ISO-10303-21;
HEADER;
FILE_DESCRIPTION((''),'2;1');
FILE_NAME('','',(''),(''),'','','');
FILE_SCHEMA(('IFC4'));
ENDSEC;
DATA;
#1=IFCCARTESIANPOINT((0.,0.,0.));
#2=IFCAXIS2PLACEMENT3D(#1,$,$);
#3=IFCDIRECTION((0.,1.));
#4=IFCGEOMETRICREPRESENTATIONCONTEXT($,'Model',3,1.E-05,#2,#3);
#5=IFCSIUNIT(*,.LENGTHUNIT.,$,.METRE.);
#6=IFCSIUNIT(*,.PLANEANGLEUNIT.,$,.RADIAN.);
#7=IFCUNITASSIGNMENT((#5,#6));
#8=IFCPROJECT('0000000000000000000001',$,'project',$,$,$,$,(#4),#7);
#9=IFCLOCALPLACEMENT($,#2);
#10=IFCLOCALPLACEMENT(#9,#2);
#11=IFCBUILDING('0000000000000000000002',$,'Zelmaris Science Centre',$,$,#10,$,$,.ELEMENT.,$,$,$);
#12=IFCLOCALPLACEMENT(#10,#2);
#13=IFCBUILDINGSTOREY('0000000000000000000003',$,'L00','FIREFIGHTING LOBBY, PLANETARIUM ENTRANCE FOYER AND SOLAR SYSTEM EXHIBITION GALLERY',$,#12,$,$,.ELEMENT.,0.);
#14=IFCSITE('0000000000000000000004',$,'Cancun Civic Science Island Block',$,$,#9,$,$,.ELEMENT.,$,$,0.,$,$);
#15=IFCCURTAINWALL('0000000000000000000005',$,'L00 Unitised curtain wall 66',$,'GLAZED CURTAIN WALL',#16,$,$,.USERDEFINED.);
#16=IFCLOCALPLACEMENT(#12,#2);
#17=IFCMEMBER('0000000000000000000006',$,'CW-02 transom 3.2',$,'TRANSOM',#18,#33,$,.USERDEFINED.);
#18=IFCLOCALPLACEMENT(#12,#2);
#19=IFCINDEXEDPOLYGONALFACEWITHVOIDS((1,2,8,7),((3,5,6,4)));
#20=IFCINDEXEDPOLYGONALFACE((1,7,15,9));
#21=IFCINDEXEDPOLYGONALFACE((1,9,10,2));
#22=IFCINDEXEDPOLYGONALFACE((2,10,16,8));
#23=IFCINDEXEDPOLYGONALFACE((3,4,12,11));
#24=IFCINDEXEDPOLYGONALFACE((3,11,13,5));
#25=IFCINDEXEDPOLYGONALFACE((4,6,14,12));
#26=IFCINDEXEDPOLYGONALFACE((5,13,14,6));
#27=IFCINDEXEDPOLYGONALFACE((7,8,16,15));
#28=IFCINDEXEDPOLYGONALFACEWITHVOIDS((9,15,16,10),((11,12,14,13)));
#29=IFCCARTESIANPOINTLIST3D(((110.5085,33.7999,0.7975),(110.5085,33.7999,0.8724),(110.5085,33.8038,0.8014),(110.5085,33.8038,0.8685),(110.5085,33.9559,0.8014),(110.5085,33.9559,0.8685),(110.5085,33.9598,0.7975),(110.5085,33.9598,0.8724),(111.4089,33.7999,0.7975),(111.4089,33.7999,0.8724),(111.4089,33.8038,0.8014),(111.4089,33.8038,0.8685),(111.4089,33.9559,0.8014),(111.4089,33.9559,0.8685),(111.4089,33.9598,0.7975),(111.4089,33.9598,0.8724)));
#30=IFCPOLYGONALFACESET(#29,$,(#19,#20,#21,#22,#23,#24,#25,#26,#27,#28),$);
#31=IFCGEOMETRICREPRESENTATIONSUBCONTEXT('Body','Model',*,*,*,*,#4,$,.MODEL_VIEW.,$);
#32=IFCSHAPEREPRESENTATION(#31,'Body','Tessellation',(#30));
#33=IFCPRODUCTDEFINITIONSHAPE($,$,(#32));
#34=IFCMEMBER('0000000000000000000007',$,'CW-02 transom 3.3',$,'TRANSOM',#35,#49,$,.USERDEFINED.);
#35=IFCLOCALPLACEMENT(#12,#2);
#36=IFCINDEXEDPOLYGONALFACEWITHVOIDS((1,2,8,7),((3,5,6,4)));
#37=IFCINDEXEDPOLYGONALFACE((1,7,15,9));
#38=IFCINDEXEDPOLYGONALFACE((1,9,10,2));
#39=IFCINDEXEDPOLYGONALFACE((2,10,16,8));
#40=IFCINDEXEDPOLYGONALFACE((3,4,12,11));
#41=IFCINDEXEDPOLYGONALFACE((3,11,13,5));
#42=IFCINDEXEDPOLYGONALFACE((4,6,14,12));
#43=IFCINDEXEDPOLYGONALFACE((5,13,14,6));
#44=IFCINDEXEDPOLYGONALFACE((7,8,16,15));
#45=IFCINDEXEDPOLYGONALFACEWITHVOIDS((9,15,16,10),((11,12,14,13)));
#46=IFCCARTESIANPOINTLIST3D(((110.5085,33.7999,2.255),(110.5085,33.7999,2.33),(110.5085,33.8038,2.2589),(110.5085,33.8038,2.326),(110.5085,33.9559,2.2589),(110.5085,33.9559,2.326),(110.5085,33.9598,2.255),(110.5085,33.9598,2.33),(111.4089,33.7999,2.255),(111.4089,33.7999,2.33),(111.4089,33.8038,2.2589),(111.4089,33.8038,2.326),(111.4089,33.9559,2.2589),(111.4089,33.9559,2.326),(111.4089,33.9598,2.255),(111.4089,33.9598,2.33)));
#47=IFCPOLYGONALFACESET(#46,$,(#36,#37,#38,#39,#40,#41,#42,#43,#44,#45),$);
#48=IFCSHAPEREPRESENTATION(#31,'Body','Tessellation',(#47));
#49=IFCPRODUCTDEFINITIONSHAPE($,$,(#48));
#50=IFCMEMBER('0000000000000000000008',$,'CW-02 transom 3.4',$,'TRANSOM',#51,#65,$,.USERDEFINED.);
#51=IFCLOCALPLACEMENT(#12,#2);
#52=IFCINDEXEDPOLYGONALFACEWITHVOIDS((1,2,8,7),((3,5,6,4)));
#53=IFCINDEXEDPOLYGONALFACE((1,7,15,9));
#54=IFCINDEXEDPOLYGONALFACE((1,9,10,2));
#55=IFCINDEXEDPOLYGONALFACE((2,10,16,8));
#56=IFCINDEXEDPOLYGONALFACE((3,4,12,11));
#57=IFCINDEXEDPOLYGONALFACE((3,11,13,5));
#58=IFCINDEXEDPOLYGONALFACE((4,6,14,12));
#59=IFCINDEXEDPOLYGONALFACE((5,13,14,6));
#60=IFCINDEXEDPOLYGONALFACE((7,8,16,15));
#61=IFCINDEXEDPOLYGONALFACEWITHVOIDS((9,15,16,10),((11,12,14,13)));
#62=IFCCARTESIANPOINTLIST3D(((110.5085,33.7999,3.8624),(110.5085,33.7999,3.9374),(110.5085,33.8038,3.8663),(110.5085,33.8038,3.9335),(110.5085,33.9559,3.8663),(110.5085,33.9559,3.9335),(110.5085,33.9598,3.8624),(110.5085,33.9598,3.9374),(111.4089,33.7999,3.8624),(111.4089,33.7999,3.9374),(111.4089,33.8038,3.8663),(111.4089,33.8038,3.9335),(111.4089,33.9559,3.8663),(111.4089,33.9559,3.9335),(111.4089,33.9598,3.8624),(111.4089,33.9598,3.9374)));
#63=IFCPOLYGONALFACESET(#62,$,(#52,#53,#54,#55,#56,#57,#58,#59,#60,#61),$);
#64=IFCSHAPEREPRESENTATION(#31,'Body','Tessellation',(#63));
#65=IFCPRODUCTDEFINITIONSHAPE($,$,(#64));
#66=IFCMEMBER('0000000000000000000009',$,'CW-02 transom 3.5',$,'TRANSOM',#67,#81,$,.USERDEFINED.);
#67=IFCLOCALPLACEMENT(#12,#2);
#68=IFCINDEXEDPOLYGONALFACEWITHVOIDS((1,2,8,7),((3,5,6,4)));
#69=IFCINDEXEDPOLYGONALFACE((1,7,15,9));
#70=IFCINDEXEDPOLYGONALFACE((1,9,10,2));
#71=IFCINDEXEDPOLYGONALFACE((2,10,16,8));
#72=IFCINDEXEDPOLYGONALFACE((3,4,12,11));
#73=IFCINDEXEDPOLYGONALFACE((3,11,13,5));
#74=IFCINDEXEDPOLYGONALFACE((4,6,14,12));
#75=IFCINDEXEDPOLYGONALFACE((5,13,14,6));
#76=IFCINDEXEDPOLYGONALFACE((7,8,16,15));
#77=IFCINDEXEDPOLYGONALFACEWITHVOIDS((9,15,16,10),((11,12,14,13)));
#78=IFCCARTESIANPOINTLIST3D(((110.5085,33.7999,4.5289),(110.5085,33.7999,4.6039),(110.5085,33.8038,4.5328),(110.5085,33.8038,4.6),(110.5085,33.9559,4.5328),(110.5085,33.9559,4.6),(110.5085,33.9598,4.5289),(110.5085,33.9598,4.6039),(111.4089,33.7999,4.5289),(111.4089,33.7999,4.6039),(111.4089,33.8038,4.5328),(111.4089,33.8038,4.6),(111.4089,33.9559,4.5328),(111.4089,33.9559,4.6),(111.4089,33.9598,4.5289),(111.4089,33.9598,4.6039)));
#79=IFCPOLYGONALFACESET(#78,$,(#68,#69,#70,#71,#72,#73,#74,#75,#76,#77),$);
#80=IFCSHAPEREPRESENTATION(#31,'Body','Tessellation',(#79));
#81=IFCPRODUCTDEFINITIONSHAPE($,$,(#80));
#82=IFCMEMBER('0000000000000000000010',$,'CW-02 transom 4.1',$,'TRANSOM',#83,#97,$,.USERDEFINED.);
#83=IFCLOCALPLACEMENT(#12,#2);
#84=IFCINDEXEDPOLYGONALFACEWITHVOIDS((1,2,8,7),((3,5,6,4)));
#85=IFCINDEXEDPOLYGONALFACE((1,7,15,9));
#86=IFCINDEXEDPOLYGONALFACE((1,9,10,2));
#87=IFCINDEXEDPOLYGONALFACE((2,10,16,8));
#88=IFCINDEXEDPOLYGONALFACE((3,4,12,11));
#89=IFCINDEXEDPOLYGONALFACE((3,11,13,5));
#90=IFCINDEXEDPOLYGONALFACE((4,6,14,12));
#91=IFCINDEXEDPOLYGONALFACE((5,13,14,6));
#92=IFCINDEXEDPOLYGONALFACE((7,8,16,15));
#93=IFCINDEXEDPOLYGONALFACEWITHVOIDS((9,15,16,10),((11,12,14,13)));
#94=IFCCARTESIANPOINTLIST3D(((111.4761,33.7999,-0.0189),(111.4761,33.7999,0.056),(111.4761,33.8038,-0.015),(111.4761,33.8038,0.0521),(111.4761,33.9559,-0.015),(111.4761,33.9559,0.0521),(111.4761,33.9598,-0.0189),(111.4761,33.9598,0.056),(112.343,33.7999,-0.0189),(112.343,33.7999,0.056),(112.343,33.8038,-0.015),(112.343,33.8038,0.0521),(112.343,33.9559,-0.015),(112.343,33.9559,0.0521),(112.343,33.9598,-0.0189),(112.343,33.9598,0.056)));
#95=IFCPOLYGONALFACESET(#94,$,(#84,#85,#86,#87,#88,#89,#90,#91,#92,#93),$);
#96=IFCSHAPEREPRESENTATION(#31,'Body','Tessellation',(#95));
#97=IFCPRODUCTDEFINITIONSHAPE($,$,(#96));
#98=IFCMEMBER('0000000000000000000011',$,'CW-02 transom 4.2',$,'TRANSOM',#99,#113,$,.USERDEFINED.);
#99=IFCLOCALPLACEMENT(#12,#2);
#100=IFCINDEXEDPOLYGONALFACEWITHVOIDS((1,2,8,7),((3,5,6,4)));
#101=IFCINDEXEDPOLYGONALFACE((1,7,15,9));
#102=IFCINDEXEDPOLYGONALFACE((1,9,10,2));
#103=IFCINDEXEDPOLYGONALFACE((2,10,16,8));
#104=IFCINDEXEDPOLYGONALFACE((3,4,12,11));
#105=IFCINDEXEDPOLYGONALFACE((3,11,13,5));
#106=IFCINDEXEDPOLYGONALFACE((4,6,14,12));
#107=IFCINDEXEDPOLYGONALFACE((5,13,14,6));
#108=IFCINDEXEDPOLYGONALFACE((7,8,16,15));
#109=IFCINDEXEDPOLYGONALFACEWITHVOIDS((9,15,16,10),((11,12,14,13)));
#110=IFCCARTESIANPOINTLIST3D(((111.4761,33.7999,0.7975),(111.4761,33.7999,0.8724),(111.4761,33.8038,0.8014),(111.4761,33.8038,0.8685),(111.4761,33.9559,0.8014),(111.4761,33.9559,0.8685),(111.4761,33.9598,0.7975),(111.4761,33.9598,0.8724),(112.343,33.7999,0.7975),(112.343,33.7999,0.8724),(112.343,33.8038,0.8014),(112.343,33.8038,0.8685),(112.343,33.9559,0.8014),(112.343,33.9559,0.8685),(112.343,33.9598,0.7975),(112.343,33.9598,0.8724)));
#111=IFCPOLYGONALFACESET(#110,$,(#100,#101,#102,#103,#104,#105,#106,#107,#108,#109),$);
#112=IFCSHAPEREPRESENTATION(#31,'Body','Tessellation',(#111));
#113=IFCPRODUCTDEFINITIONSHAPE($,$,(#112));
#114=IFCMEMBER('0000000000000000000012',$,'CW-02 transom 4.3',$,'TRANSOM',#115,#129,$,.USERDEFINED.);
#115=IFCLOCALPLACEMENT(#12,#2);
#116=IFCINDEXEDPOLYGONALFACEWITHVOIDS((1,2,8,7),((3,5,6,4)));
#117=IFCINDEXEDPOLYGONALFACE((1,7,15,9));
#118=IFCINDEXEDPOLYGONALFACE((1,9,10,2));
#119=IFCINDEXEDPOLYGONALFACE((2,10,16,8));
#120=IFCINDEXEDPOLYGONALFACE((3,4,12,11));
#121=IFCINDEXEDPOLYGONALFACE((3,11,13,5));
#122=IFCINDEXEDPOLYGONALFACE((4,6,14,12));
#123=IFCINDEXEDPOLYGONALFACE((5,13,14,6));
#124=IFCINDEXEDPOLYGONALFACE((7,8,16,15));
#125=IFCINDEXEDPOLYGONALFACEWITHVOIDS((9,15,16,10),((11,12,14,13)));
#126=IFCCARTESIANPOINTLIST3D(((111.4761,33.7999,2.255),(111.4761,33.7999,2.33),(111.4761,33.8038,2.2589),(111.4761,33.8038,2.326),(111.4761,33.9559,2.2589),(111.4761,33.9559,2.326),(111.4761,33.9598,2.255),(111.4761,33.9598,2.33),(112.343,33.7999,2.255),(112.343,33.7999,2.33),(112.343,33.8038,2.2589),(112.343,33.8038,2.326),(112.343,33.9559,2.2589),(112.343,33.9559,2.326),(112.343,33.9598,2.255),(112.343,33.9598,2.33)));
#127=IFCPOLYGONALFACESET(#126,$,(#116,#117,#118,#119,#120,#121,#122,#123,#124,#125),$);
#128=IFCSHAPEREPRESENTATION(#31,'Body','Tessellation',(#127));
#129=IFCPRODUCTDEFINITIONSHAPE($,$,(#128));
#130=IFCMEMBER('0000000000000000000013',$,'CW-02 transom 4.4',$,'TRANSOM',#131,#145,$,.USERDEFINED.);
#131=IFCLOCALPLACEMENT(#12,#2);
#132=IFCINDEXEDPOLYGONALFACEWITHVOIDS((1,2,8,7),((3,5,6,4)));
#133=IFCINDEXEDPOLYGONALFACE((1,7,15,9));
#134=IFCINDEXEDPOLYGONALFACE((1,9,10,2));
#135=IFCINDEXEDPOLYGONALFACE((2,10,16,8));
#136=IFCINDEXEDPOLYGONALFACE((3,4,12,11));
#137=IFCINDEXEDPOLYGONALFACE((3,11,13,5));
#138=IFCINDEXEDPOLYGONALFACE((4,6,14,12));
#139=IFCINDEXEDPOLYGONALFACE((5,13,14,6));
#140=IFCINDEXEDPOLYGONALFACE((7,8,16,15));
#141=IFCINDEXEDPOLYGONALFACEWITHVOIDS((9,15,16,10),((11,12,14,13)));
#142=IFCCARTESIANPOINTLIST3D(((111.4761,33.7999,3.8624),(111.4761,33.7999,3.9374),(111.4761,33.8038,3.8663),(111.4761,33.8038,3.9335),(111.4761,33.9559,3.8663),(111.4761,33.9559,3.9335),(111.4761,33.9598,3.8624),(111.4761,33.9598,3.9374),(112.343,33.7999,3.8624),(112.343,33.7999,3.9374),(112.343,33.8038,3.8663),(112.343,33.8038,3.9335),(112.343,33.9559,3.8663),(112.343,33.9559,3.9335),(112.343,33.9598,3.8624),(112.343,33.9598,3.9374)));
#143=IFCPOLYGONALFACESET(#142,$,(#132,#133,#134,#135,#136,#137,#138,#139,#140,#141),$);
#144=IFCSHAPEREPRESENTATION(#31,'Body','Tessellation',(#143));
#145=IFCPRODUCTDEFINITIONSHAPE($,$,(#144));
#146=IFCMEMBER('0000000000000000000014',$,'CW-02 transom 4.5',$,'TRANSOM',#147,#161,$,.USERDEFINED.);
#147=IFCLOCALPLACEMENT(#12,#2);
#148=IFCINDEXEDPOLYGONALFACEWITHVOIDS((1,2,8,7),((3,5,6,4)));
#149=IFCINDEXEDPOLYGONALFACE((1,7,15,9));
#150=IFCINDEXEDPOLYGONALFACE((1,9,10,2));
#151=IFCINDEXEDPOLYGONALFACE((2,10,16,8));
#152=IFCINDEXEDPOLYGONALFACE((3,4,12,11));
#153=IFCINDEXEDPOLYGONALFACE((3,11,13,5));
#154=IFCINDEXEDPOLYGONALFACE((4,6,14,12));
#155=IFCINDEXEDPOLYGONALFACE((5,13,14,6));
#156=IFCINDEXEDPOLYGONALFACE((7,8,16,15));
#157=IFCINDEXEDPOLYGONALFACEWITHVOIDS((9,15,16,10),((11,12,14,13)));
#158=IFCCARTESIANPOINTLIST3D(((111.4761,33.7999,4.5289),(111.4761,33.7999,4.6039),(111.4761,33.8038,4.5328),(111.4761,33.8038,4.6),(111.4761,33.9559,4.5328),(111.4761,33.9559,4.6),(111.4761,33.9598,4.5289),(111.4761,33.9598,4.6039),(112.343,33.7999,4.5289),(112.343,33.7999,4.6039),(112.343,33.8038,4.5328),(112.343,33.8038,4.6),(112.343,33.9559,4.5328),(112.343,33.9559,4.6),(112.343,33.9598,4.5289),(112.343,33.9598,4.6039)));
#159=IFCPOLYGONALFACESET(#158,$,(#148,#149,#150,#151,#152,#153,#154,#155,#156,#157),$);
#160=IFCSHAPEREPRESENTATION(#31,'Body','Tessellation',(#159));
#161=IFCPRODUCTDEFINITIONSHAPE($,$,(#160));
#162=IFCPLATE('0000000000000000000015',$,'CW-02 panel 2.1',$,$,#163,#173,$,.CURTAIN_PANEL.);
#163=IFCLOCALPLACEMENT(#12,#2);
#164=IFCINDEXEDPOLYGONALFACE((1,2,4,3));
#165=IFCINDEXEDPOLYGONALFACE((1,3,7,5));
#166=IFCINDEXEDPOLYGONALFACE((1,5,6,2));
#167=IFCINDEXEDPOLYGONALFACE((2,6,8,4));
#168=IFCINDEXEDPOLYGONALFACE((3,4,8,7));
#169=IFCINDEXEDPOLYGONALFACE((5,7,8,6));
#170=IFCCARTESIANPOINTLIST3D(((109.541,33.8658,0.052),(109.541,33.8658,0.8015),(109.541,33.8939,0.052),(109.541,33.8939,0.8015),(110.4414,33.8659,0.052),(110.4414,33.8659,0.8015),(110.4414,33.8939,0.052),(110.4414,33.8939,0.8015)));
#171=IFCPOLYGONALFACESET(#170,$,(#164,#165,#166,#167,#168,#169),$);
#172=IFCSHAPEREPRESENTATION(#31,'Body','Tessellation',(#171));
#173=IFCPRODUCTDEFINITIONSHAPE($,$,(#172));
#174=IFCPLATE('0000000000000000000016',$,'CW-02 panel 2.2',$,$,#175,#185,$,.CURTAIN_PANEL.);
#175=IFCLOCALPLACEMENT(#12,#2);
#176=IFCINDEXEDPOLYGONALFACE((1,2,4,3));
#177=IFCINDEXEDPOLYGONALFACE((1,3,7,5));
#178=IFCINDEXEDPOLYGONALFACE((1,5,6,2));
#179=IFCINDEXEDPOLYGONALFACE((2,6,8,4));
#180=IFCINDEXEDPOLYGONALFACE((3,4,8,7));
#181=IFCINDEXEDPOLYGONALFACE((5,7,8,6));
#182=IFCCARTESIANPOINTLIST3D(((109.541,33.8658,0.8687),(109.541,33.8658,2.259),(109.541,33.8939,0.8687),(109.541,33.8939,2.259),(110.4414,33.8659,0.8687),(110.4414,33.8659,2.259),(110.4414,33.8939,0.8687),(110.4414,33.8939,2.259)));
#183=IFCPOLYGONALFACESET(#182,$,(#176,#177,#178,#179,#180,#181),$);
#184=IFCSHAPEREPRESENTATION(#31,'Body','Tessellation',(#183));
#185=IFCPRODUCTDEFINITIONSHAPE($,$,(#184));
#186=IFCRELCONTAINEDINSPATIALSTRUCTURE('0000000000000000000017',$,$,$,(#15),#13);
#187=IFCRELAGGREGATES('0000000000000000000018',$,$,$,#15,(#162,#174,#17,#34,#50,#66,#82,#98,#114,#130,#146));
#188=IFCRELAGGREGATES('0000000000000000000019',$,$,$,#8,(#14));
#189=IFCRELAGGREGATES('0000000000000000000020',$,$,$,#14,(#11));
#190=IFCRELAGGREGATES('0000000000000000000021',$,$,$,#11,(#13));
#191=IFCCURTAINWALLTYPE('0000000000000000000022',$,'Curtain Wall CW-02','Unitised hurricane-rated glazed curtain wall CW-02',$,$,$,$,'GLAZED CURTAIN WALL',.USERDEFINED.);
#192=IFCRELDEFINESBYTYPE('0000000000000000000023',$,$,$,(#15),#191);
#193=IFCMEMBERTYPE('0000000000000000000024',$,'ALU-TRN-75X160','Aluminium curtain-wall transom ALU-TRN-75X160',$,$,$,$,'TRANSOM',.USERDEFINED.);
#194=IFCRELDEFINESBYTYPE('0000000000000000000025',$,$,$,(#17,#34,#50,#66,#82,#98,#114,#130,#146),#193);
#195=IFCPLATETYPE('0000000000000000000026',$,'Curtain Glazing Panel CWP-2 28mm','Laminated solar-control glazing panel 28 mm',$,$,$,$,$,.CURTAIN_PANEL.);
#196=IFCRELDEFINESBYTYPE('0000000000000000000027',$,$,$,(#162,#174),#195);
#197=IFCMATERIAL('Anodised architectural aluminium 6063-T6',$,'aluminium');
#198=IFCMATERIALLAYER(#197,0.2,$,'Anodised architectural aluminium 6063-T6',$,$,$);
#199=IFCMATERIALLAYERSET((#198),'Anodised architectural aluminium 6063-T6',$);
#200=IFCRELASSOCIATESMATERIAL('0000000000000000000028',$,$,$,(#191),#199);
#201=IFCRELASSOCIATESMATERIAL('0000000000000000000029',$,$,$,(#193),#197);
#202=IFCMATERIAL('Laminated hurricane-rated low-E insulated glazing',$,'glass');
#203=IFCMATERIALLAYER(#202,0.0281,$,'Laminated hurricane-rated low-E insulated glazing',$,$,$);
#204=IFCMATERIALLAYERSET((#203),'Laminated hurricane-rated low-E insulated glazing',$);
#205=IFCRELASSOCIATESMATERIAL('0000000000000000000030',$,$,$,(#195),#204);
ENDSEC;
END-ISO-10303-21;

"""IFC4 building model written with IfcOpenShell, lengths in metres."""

from ifc_helpers import new_model, si_unit, direction, frame, origin, origin_2d, place, context, subcontext, project, spatial, rectangle, hollow_rectangle, extrude, material, layer, layer_set, material_profile, profile_set, type_object, element, aggregate, save


model = new_model("IFC4")

# Units and contexts
model_context = context("Model", 3, precision=1e-05, world=origin(), true_north=direction((0.0, 1.0)))
body_context = subcontext(model_context, "Body", "Model", "MODEL_VIEW")
ifc_project = project(units=[si_unit("LENGTHUNIT", "METRE"), si_unit("PLANEANGLEUNIT", "RADIAN")], contexts=[model_context])

# Site, building, storey
site_placement = place(None, origin())
site = spatial("IfcSite", under=ifc_project, at=site_placement, Name="Cancun Civic Science Island Block", CompositionType="ELEMENT", RefElevation=0.0)
building_placement = place(site_placement, origin())
building = spatial("IfcBuilding", under=site, at=building_placement, Name="Zelmaris Science Centre", CompositionType="ELEMENT")
storey_placement = place(building_placement, origin())
storey = spatial("IfcBuildingStorey", under=building, at=storey_placement, Name="L00", Description="FIREFIGHTING LOBBY, PLANETARIUM ENTRANCE FOYER AND SOLAR SYSTEM EXHIBITION GALLERY", CompositionType="ELEMENT", Elevation=0.0)

# Shared definitions
ifc_material_1 = material(Name="Anodised architectural aluminium 6063-T6", Category="aluminium")

# Curtain wall
ifc_layer_1 = layer(ifc_material_1, 0.2, Name="Anodised architectural aluminium 6063-T6")
ifc_layer_set_1 = layer_set([ifc_layer_1], Name="Anodised architectural aluminium 6063-T6")
curtain_wall_type_1 = type_object("IfcCurtainWallType", Name="Curtain Wall CW-02", Description="Unitised hurricane-rated glazed curtain wall CW-02", ElementType="GLAZED CURTAIN WALL", PredefinedType="USERDEFINED", material=ifc_layer_set_1)
curtain_wall_1_placement = place(storey_placement, origin())
curtain_wall_1 = element("IfcCurtainWall", 1, at=curtain_wall_1_placement, inside=storey, type_object=curtain_wall_type_1, Name="L00 Unitised curtain wall 66", ObjectType="GLAZED CURTAIN WALL", PredefinedType="USERDEFINED")

# Members
ifc_material_profile_1 = material_profile(ifc_material_1, hollow_rectangle(XDim=0.075, YDim=0.1599, WallThickness=0.0039, at=origin_2d()), Name="ALU-TRN-75X160")
ifc_profile_set_1 = profile_set([ifc_material_profile_1], Name="Anodised architectural aluminium 6063-T6")
member_type_1 = type_object("IfcMemberType", Name="ALU-TRN-75X160", Description="Aluminium curtain-wall transom ALU-TRN-75X160", ElementType="TRANSOM", PredefinedType="USERDEFINED", material=ifc_profile_set_1)
member_1_placement = place(storey_placement, frame((110.5085, 33.8799, 0.835), z_axis=(1.0, 0.0, 0.0), x_axis=(0.0, 0.0, 1.0)))
member_1 = element("IfcMember", 2, at=member_1_placement, type_object=member_type_1, Name="CW-02 transom 3.2", ObjectType="TRANSOM", PredefinedType="USERDEFINED", context=body_context, shape_type="SweptSolid", body=[
    extrude(hollow_rectangle(XDim=0.075, YDim=0.1599, WallThickness=0.0039, at=origin_2d()), origin(), (0.0, 0.0, 1.0), 0.9004),
])
member_2_placement = place(storey_placement, frame((110.5085, 33.8799, 2.2925), z_axis=(1.0, 0.0, 0.0), x_axis=(0.0, 0.0, 1.0)))
member_2 = element("IfcMember", 3, at=member_2_placement, type_object=member_type_1, Name="CW-02 transom 3.3", ObjectType="TRANSOM", PredefinedType="USERDEFINED", context=body_context, shape_type="SweptSolid", body=[
    extrude(hollow_rectangle(XDim=0.075, YDim=0.1599, WallThickness=0.0039, at=origin_2d()), origin(), (0.0, 0.0, 1.0), 0.9004),
])
member_3_placement = place(storey_placement, frame((110.5085, 33.8799, 3.8999), z_axis=(1.0, 0.0, 0.0), x_axis=(0.0, 0.0, 1.0)))
member_3 = element("IfcMember", 4, at=member_3_placement, type_object=member_type_1, Name="CW-02 transom 3.4", ObjectType="TRANSOM", PredefinedType="USERDEFINED", context=body_context, shape_type="SweptSolid", body=[
    extrude(hollow_rectangle(XDim=0.075, YDim=0.1599, WallThickness=0.0039, at=origin_2d()), origin(), (0.0, 0.0, 1.0), 0.9004),
])
member_4_placement = place(storey_placement, frame((110.5085, 33.8799, 4.5664), z_axis=(1.0, 0.0, 0.0), x_axis=(0.0, 0.0, 1.0)))
member_4 = element("IfcMember", 5, at=member_4_placement, type_object=member_type_1, Name="CW-02 transom 3.5", ObjectType="TRANSOM", PredefinedType="USERDEFINED", context=body_context, shape_type="SweptSolid", body=[
    extrude(hollow_rectangle(XDim=0.075, YDim=0.1599, WallThickness=0.0039, at=origin_2d()), origin(), (0.0, 0.0, 1.0), 0.9004),
])
member_5_placement = place(storey_placement, frame((111.4761, 33.8799, 0.0186), z_axis=(1.0, 0.0, 0.0), x_axis=(0.0, 0.0, 1.0)))
member_5 = element("IfcMember", 6, at=member_5_placement, type_object=member_type_1, Name="CW-02 transom 4.1", ObjectType="TRANSOM", PredefinedType="USERDEFINED", context=body_context, shape_type="SweptSolid", body=[
    extrude(hollow_rectangle(XDim=0.075, YDim=0.1599, WallThickness=0.0039, at=origin_2d()), origin(), (0.0, 0.0, 1.0), 0.8669),
])
member_6_placement = place(storey_placement, frame((111.4761, 33.8799, 0.835), z_axis=(1.0, 0.0, 0.0), x_axis=(0.0, 0.0, 1.0)))
member_6 = element("IfcMember", 7, at=member_6_placement, type_object=member_type_1, Name="CW-02 transom 4.2", ObjectType="TRANSOM", PredefinedType="USERDEFINED", context=body_context, shape_type="SweptSolid", body=[
    extrude(hollow_rectangle(XDim=0.075, YDim=0.1599, WallThickness=0.0039, at=origin_2d()), origin(), (0.0, 0.0, 1.0), 0.8669),
])
member_7_placement = place(storey_placement, frame((111.4761, 33.8799, 2.2925), z_axis=(1.0, 0.0, 0.0), x_axis=(0.0, 0.0, 1.0)))
member_7 = element("IfcMember", 8, at=member_7_placement, type_object=member_type_1, Name="CW-02 transom 4.3", ObjectType="TRANSOM", PredefinedType="USERDEFINED", context=body_context, shape_type="SweptSolid", body=[
    extrude(hollow_rectangle(XDim=0.075, YDim=0.1599, WallThickness=0.0039, at=origin_2d()), origin(), (0.0, 0.0, 1.0), 0.8669),
])
member_8_placement = place(storey_placement, frame((111.4761, 33.8799, 3.8999), z_axis=(1.0, 0.0, 0.0), x_axis=(0.0, 0.0, 1.0)))
member_8 = element("IfcMember", 9, at=member_8_placement, type_object=member_type_1, Name="CW-02 transom 4.4", ObjectType="TRANSOM", PredefinedType="USERDEFINED", context=body_context, shape_type="SweptSolid", body=[
    extrude(hollow_rectangle(XDim=0.075, YDim=0.1599, WallThickness=0.0039, at=origin_2d()), origin(), (0.0, 0.0, 1.0), 0.8669),
])
member_9_placement = place(storey_placement, frame((111.4761, 33.8799, 4.5664), z_axis=(1.0, 0.0, 0.0), x_axis=(0.0, 0.0, 1.0)))
member_9 = element("IfcMember", 10, at=member_9_placement, type_object=member_type_1, Name="CW-02 transom 4.5", ObjectType="TRANSOM", PredefinedType="USERDEFINED", context=body_context, shape_type="SweptSolid", body=[
    extrude(hollow_rectangle(XDim=0.075, YDim=0.1599, WallThickness=0.0039, at=origin_2d()), origin(), (0.0, 0.0, 1.0), 0.8669),
])

# Plates
ifc_material_2 = material(Name="Laminated hurricane-rated low-E insulated glazing", Category="glass")
ifc_layer_2 = layer(ifc_material_2, 0.0281, Name="Laminated hurricane-rated low-E insulated glazing")
ifc_layer_set_2 = layer_set([ifc_layer_2], Name="Laminated hurricane-rated low-E insulated glazing")
plate_type = type_object("IfcPlateType", Name="Curtain Glazing Panel CWP-2 28mm", Description="Laminated solar-control glazing panel 28 mm", PredefinedType="CURTAIN_PANEL", material=ifc_layer_set_2)
plate_1_placement = place(storey_placement, frame((109.9912, 33.8799, 0.052), z_axis=(0.0, 0.0, 1.0), x_axis=(1.0, 0.000026, 0.0)))
plate_1 = element("IfcPlate", 11, at=plate_1_placement, type_object=plate_type, Name="CW-02 panel 2.1", PredefinedType="CURTAIN_PANEL", context=body_context, shape_type="SweptSolid", body=[
    extrude(rectangle(XDim=0.9004, YDim=0.0281, at=origin_2d()), origin(), (0.0, 0.0, 1.0), 0.7495),
])
plate_2_placement = place(storey_placement, frame((109.9912, 33.8799, 0.8687), z_axis=(0.0, 0.0, 1.0), x_axis=(1.0, 0.000026, 0.0)))
plate_2 = element("IfcPlate", 12, at=plate_2_placement, type_object=plate_type, Name="CW-02 panel 2.2", PredefinedType="CURTAIN_PANEL", context=body_context, shape_type="SweptSolid", body=[
    extrude(rectangle(XDim=0.9004, YDim=0.0281, at=origin_2d()), origin(), (0.0, 0.0, 1.0), 1.3904),
])
aggregate(curtain_wall_1, [plate_1, plate_2, member_1, member_2, member_3, member_4, member_5, member_6, member_7, member_8, member_9])

save(model, "model.ifc")
